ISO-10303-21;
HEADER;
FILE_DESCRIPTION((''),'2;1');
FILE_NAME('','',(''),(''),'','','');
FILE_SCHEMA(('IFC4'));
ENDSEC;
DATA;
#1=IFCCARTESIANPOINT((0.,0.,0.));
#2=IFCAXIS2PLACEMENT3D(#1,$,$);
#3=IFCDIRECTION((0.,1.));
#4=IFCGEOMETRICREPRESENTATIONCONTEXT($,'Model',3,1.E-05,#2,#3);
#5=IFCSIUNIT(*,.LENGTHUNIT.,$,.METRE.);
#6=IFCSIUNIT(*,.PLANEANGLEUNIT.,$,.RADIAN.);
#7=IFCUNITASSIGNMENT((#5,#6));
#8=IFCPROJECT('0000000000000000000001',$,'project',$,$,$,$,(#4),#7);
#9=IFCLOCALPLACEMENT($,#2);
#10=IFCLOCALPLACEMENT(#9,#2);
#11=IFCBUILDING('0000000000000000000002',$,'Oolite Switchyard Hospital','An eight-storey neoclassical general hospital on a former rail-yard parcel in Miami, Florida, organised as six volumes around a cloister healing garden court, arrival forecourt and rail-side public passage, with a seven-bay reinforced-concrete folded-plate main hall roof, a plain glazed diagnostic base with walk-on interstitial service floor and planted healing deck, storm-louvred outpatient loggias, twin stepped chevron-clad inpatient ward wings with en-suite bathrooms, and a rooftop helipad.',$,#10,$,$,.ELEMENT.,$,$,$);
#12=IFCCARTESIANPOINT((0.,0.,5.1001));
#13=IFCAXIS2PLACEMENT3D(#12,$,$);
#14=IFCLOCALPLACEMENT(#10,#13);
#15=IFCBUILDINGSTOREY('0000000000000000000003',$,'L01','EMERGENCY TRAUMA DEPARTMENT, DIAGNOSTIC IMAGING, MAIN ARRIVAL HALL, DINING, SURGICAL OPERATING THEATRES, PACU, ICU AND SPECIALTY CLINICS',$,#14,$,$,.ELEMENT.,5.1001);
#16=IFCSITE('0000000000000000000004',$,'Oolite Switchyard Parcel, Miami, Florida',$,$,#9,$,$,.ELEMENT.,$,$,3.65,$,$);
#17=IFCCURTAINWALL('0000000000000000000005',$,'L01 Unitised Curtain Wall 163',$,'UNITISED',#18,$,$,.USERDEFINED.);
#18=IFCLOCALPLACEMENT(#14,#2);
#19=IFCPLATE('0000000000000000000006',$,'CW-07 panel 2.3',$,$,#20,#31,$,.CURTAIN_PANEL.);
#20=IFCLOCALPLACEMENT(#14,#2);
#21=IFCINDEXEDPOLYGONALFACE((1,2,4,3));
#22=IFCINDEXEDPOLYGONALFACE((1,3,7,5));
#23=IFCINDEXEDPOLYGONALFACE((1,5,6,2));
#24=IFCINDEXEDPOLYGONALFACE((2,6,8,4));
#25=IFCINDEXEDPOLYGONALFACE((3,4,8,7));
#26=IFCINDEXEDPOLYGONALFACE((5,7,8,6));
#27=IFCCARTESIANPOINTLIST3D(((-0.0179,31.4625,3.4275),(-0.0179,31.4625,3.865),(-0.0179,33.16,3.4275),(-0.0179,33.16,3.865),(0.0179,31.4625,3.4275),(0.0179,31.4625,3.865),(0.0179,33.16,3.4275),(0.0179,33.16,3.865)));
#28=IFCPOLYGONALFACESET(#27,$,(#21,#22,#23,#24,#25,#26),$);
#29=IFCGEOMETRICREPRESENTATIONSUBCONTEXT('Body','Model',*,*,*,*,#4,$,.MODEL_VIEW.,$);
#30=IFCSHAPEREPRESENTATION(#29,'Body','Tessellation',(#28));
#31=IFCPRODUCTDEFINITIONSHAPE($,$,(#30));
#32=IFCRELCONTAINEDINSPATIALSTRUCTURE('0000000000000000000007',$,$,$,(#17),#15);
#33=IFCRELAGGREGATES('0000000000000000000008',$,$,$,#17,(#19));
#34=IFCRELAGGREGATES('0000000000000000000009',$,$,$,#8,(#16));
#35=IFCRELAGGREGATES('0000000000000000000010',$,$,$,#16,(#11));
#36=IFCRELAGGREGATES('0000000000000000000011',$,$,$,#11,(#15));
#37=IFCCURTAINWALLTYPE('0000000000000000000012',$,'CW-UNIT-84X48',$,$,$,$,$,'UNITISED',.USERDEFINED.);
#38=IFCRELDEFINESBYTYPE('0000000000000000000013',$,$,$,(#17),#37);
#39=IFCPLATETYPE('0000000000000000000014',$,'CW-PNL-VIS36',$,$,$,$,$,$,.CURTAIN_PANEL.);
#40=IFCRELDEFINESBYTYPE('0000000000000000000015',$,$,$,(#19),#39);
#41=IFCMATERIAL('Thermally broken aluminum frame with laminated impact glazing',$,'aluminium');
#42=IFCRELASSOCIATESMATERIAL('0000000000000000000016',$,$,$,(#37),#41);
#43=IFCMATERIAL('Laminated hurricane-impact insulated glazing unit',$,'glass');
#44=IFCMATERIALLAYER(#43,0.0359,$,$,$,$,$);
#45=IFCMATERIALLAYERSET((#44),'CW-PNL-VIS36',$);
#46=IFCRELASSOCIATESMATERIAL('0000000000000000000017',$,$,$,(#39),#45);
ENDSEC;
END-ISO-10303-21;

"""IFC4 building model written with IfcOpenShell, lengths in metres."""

from ifc_helpers import new_model, si_unit, direction, frame, origin, origin_2d, place, context, subcontext, project, spatial, rectangle, extrude, material, layer, layer_set, type_object, element, aggregate, save


model = new_model("IFC4")

# Units and contexts
model_context = context("Model", 3, precision=1e-05, world=origin(), true_north=direction((0.0, 1.0)))
body_context = subcontext(model_context, "Body", "Model", "MODEL_VIEW")
ifc_project = project(units=[si_unit("LENGTHUNIT", "METRE"), si_unit("PLANEANGLEUNIT", "RADIAN")], contexts=[model_context])

# Site, building, storey
site_placement = place(None, origin())
site = spatial("IfcSite", under=ifc_project, at=site_placement, Name="Oolite Switchyard Parcel, Miami, Florida", CompositionType="ELEMENT", RefElevation=3.65)
building_placement = place(site_placement, origin())
building = spatial("IfcBuilding", under=site, at=building_placement, Name="Oolite Switchyard Hospital", Description="An eight-storey neoclassical general hospital on a former rail-yard parcel in Miami, Florida, organised as six volumes around a cloister healing garden court, arrival forecourt and rail-side public passage, with a seven-bay reinforced-concrete folded-plate main hall roof, a plain glazed diagnostic base with walk-on interstitial service floor and planted healing deck, storm-louvred outpatient loggias, twin stepped chevron-clad inpatient ward wings with en-suite bathrooms, and a rooftop helipad.", CompositionType="ELEMENT")
storey_placement = place(building_placement, frame((0.0, 0.0, 5.1001)))
storey = spatial("IfcBuildingStorey", under=building, at=storey_placement, Name="L01", Description="EMERGENCY TRAUMA DEPARTMENT, DIAGNOSTIC IMAGING, MAIN ARRIVAL HALL, DINING, SURGICAL OPERATING THEATRES, PACU, ICU AND SPECIALTY CLINICS", CompositionType="ELEMENT", Elevation=5.1001)

# Shared definitions
ifc_material_1 = material(Name="Thermally broken aluminum frame with laminated impact glazing", Category="aluminium")
curtain_wall_type = type_object("IfcCurtainWallType", Name="CW-UNIT-84X48", ElementType="UNITISED", PredefinedType="USERDEFINED", material=ifc_material_1)

# Curtain wall, plate
curtain_wall_1_placement = place(storey_placement, origin())
curtain_wall_1 = element("IfcCurtainWall", 1, at=curtain_wall_1_placement, inside=storey, type_object=curtain_wall_type, Name="L01 Unitised Curtain Wall 163", ObjectType="UNITISED", PredefinedType="USERDEFINED")
ifc_material_2 = material(Name="Laminated hurricane-impact insulated glazing unit", Category="glass")
ifc_layer = layer(ifc_material_2, 0.0359)
ifc_layer_set = layer_set([ifc_layer], Name="CW-PNL-VIS36")
plate_type = type_object("IfcPlateType", Name="CW-PNL-VIS36", PredefinedType="CURTAIN_PANEL", material=ifc_layer_set)
plate_1_placement = place(storey_placement, frame((0.0, 32.3113, 3.4275), z_axis=(0.0, 0.0, 1.0), x_axis=(0.0, 1.0, 0.0)))
plate_1 = element("IfcPlate", 2, at=plate_1_placement, type_object=plate_type, Name="CW-07 panel 2.3", PredefinedType="CURTAIN_PANEL", context=body_context, shape_type="SweptSolid", body=[
    extrude(rectangle(XDim=1.6975, YDim=0.0359, at=origin_2d()), origin(), (0.0, 0.0, 1.0), 0.4375),
])
aggregate(curtain_wall_1, [plate_1])

save(model, "model.ifc")
